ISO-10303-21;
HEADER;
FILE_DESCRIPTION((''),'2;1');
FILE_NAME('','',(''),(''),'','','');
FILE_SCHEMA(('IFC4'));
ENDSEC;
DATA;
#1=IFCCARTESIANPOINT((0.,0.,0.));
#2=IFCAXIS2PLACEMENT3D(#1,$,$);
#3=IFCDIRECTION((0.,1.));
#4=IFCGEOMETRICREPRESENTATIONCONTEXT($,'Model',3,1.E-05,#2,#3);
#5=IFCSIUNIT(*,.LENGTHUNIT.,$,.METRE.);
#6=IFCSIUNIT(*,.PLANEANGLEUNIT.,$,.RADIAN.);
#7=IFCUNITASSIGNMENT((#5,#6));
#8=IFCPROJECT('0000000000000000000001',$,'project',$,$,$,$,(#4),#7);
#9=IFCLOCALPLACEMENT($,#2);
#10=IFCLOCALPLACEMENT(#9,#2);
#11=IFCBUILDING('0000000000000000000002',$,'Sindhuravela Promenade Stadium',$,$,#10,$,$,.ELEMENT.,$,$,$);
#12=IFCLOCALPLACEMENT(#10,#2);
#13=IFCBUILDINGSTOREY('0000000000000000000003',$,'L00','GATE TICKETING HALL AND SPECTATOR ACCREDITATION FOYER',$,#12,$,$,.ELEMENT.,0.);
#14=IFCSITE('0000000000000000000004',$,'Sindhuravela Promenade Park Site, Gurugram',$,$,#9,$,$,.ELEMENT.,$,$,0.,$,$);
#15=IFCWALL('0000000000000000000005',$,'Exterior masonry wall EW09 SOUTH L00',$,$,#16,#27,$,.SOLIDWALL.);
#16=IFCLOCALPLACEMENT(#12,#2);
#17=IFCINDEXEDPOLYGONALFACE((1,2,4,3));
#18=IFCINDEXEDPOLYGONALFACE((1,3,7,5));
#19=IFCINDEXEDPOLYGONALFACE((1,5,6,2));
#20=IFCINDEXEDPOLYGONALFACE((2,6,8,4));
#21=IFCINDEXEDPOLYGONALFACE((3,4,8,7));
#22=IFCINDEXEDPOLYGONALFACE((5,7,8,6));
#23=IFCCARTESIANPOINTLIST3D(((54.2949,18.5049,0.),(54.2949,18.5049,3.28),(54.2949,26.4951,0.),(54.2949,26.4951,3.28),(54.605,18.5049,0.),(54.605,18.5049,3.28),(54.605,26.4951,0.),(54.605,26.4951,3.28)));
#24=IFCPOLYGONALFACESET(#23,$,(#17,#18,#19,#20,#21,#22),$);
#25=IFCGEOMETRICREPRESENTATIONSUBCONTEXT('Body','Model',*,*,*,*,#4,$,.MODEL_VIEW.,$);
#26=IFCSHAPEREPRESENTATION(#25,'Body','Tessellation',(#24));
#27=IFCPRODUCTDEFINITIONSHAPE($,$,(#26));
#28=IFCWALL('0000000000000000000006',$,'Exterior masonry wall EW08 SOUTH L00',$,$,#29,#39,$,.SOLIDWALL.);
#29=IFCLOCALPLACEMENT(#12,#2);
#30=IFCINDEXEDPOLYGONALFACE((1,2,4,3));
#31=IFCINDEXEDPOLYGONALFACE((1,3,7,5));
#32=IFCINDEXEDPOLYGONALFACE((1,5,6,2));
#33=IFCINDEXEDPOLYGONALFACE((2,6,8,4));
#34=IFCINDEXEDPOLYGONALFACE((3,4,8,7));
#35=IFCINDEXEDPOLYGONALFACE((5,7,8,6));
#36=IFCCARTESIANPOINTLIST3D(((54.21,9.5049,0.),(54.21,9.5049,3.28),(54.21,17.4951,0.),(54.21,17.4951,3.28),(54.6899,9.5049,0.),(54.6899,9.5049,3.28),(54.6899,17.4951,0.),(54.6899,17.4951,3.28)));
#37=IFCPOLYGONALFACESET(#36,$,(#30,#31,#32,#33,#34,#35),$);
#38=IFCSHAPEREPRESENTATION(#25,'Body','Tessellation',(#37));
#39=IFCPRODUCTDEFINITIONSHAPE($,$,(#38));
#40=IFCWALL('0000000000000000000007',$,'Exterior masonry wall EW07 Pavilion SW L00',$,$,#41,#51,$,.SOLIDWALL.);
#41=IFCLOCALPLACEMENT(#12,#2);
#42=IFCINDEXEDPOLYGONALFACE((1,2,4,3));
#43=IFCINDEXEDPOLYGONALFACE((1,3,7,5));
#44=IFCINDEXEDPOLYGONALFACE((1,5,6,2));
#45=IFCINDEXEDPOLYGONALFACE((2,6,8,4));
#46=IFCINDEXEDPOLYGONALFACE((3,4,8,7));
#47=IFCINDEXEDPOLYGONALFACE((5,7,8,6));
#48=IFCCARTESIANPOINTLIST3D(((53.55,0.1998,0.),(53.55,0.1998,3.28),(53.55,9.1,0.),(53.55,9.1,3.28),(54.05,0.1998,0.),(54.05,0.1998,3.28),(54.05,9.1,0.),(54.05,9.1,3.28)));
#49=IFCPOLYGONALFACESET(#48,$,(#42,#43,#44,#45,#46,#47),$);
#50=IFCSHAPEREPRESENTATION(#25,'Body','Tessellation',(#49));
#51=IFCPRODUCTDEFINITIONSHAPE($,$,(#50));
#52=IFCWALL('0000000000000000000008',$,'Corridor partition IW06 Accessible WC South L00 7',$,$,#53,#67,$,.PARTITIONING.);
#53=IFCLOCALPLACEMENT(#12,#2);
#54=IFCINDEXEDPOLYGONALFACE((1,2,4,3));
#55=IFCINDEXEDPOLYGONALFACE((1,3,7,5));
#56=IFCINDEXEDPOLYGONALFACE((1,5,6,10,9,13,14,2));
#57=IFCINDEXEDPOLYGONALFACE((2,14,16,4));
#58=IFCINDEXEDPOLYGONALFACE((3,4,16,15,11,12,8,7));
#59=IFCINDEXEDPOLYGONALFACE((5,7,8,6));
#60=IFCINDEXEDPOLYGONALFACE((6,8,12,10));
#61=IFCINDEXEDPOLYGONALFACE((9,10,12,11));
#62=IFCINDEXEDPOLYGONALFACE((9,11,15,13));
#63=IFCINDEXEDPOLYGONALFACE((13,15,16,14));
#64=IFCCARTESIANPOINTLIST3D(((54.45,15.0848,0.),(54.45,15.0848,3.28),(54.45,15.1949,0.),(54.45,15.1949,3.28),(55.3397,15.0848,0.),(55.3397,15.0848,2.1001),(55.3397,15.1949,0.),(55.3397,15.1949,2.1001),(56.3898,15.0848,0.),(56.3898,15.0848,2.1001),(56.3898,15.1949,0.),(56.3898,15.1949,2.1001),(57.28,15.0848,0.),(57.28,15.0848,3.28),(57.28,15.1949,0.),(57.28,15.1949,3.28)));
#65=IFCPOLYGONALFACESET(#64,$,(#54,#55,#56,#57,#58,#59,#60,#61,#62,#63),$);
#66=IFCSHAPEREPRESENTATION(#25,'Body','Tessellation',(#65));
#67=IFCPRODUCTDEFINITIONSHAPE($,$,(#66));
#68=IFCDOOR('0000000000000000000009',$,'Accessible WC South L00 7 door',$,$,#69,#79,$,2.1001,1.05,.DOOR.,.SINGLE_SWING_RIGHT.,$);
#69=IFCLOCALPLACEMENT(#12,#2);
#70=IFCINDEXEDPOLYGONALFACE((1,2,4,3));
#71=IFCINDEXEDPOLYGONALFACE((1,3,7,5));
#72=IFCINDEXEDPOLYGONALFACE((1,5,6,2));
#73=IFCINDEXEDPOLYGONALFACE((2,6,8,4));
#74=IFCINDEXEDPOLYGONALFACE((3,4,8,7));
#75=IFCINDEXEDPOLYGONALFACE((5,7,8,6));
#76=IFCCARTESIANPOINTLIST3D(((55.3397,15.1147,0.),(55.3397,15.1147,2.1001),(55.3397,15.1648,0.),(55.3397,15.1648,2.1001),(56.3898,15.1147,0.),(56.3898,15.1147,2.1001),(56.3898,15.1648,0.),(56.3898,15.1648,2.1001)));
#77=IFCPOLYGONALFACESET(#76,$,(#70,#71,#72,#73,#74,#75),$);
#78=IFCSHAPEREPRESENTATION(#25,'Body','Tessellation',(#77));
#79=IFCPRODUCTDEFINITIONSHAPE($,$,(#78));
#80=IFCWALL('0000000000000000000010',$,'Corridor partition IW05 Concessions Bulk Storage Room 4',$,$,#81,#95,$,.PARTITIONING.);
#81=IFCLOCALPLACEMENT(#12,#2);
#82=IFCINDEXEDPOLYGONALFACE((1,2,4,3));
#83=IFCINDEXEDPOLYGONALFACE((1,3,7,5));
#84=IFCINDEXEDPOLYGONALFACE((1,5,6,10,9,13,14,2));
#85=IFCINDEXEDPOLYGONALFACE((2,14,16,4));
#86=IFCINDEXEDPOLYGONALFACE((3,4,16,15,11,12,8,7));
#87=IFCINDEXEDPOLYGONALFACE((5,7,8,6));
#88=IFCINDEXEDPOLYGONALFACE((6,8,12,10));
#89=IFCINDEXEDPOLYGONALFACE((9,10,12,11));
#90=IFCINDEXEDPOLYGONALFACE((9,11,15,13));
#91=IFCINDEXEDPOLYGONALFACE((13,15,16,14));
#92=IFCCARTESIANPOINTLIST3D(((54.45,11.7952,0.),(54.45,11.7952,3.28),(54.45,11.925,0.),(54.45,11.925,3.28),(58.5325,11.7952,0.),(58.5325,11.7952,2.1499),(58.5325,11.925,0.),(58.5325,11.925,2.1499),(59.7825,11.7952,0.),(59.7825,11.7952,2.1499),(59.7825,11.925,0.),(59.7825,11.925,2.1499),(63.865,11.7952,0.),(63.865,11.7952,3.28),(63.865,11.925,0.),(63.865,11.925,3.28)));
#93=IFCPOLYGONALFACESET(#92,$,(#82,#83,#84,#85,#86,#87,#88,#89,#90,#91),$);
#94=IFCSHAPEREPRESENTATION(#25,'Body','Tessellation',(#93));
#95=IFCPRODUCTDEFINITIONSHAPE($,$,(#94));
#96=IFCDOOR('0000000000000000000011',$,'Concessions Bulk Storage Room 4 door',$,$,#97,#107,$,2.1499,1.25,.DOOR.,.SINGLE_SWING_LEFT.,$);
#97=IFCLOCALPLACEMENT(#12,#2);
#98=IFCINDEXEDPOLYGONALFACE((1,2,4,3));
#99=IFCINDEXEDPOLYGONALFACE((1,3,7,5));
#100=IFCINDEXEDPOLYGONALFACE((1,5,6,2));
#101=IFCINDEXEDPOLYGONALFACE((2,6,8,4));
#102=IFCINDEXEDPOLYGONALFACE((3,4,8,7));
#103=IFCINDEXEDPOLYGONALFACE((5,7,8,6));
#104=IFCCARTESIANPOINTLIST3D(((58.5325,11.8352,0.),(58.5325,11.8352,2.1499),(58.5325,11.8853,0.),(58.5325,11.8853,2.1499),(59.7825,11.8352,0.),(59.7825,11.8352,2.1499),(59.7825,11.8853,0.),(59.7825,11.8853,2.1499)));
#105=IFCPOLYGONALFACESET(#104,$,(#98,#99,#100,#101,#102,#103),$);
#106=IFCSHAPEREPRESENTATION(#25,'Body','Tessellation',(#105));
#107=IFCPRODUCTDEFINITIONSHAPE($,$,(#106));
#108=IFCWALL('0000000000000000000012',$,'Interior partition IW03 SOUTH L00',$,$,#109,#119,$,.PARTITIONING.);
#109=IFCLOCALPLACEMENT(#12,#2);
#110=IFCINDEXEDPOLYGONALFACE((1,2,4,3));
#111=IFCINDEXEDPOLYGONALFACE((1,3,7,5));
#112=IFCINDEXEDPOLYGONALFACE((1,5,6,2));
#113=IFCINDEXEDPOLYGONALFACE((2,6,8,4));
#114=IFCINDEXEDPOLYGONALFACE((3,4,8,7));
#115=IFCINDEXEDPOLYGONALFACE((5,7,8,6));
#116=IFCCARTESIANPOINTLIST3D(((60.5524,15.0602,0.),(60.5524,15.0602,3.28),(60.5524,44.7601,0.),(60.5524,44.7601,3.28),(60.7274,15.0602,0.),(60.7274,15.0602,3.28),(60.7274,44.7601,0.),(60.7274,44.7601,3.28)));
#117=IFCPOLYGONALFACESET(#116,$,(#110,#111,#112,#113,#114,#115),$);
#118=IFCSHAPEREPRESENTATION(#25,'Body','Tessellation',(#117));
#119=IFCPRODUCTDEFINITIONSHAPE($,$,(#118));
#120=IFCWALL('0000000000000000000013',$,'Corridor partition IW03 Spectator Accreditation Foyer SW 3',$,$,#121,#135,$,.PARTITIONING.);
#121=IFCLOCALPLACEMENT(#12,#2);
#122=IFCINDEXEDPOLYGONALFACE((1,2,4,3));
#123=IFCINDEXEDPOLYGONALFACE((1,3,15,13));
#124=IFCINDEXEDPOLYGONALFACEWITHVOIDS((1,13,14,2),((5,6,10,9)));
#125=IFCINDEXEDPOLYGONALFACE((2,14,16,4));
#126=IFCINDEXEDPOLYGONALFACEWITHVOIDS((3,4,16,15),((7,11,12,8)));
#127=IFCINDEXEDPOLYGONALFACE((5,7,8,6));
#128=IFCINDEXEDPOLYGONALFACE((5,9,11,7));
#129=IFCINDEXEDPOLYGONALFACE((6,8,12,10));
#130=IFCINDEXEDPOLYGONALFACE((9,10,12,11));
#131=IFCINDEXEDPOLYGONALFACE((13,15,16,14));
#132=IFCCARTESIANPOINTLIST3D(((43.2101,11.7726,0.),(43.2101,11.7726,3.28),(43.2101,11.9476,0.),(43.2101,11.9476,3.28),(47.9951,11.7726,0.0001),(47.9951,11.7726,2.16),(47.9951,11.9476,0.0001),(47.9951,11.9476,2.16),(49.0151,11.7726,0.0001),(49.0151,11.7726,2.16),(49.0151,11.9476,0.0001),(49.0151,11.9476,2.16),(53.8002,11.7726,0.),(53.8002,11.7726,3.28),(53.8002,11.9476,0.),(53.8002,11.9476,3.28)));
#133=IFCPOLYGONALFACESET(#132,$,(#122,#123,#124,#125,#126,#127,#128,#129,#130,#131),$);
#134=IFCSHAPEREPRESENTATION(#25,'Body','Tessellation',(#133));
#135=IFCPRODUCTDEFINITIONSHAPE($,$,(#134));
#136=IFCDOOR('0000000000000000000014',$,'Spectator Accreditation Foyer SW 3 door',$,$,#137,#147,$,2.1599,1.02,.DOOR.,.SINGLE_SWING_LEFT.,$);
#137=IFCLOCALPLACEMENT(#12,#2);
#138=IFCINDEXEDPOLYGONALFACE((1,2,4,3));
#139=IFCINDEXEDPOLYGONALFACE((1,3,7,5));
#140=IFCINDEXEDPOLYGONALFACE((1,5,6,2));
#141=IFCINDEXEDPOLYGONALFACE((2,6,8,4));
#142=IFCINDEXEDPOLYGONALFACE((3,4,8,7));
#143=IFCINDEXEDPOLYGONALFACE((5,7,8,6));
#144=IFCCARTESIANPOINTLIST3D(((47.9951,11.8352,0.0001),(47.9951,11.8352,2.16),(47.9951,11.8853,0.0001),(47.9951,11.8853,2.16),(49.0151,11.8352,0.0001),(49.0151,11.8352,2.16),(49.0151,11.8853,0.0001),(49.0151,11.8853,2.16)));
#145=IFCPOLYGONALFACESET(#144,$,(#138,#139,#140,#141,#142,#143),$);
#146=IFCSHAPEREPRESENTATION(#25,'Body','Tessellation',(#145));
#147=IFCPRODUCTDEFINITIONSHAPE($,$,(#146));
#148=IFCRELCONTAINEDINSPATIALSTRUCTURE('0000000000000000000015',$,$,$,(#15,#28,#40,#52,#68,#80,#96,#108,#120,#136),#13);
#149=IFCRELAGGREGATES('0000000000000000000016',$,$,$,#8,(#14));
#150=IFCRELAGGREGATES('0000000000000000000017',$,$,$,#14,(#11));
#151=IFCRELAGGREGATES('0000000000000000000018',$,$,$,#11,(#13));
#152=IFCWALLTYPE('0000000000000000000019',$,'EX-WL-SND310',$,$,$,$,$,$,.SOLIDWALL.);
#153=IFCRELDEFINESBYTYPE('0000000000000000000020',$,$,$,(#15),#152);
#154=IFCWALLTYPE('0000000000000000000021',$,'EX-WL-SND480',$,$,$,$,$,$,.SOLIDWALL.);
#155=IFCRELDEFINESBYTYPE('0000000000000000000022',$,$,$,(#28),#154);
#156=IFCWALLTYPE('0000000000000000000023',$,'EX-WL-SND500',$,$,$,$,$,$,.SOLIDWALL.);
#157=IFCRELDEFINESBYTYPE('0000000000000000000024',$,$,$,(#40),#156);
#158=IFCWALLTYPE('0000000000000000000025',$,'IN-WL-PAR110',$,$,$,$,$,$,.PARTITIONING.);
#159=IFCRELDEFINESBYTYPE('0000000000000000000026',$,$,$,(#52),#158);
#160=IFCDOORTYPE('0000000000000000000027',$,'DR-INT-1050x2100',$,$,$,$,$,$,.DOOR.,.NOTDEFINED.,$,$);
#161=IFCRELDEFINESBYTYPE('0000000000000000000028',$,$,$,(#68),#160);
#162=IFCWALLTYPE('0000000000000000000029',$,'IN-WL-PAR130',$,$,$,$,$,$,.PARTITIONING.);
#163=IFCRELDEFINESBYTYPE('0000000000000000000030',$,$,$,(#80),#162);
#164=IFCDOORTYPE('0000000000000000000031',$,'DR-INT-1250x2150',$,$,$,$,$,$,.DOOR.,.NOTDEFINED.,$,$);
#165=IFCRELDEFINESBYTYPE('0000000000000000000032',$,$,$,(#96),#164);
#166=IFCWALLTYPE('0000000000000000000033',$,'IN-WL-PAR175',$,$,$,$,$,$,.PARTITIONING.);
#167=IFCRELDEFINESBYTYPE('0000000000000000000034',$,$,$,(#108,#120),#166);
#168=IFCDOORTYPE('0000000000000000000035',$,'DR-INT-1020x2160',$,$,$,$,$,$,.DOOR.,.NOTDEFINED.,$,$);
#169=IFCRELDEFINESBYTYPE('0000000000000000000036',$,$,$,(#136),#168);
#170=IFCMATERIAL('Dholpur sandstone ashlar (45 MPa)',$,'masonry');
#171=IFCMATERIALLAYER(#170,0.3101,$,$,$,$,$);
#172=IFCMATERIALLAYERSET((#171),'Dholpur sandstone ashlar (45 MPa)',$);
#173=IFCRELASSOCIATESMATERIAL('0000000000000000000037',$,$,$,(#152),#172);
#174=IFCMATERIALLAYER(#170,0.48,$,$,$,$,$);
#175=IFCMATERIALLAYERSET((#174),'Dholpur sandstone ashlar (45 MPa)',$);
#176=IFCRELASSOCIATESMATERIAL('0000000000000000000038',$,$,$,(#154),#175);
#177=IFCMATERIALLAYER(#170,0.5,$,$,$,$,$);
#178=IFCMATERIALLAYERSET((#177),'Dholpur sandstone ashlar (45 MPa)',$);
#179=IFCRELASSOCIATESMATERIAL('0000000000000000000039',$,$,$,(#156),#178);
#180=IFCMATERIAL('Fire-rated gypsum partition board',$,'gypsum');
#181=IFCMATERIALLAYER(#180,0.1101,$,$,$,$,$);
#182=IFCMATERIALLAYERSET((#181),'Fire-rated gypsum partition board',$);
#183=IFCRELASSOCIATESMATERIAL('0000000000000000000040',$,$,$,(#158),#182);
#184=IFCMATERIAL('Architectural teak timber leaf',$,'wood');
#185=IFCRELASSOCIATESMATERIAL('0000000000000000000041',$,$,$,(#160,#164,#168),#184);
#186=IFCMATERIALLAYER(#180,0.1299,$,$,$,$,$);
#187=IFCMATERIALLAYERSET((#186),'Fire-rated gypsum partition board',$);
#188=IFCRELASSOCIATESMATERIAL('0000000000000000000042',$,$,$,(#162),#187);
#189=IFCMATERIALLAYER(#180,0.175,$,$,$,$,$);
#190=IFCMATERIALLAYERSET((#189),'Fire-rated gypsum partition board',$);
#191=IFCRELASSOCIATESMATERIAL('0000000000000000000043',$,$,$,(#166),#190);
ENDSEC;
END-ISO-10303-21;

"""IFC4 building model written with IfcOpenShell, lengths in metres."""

from ifc_helpers import new_model, si_unit, direction, frame, frame_2d, origin, place, context, subcontext, project, spatial, rectangle, extrude, material, layer, layer_set, type_object, element, fill, save


model = new_model("IFC4")

# Units and contexts
model_context = context("Model", 3, precision=1e-05, world=origin(), true_north=direction((0.0, 1.0)))
body_context = subcontext(model_context, "Body", "Model", "MODEL_VIEW")
ifc_project = project(units=[si_unit("LENGTHUNIT", "METRE"), si_unit("PLANEANGLEUNIT", "RADIAN")], contexts=[model_context])

# Site, building, storey
site_placement = place(None, origin())
site = spatial("IfcSite", under=ifc_project, at=site_placement, Name="Sindhuravela Promenade Park Site, Gurugram", CompositionType="ELEMENT", RefElevation=0.0)
building_placement = place(site_placement, origin())
building = spatial("IfcBuilding", under=site, at=building_placement, Name="Sindhuravela Promenade Stadium", CompositionType="ELEMENT")
storey_placement = place(building_placement, origin())
storey = spatial("IfcBuildingStorey", under=building, at=storey_placement, Name="L00", Description="GATE TICKETING HALL AND SPECTATOR ACCREDITATION FOYER", CompositionType="ELEMENT", Elevation=0.0)

# Walls
ifc_material_1 = material(Name="Dholpur sandstone ashlar (45 MPa)", Category="masonry")
ifc_layer_1 = layer(ifc_material_1, 0.3101)
ifc_layer_set_1 = layer_set([ifc_layer_1], Name="Dholpur sandstone ashlar (45 MPa)")
wall_type_1 = type_object("IfcWallType", Name="EX-WL-SND310", PredefinedType="SOLIDWALL", material=ifc_layer_set_1)
wall_1_placement = place(storey_placement, frame((54.45, 18.5049, 0.0), z_axis=(0.0, 0.0, 1.0), x_axis=(0.0, 1.0, 0.0)))
element("IfcWall", 1, at=wall_1_placement, inside=storey, type_object=wall_type_1, Name="Exterior masonry wall EW09 SOUTH L00", PredefinedType="SOLIDWALL", context=body_context, shape_type="SweptSolid", body=[
    extrude(rectangle(XDim=7.9902, YDim=0.3101, at=frame_2d((3.9951, 0.0))), origin(), (0.0, 0.0, 1.0), 3.28),
])
ifc_layer_2 = layer(ifc_material_1, 0.48)
ifc_layer_set_2 = layer_set([ifc_layer_2], Name="Dholpur sandstone ashlar (45 MPa)")
wall_type_2 = type_object("IfcWallType", Name="EX-WL-SND480", PredefinedType="SOLIDWALL", material=ifc_layer_set_2)
wall_2_placement = place(storey_placement, frame((54.45, 9.5049, 0.0), z_axis=(0.0, 0.0, 1.0), x_axis=(0.0, 1.0, 0.0)))
element("IfcWall", 2, at=wall_2_placement, inside=storey, type_object=wall_type_2, Name="Exterior masonry wall EW08 SOUTH L00", PredefinedType="SOLIDWALL", context=body_context, shape_type="SweptSolid", body=[
    extrude(rectangle(XDim=7.9902, YDim=0.48, at=frame_2d((3.9951, 0.0))), origin(), (0.0, 0.0, 1.0), 3.28),
])
ifc_layer_3 = layer(ifc_material_1, 0.5)
ifc_layer_set_3 = layer_set([ifc_layer_3], Name="Dholpur sandstone ashlar (45 MPa)")
wall_type_3 = type_object("IfcWallType", Name="EX-WL-SND500", PredefinedType="SOLIDWALL", material=ifc_layer_set_3)
wall_3_placement = place(storey_placement, frame((53.8, 9.1001, 0.0), z_axis=(0.0, 0.0, 1.0), x_axis=(0.0, -1.0, 0.0)))
element("IfcWall", 3, at=wall_3_placement, inside=storey, type_object=wall_type_3, Name="Exterior masonry wall EW07 Pavilion SW L00", PredefinedType="SOLIDWALL", context=body_context, shape_type="SweptSolid", body=[
    extrude(rectangle(XDim=8.9001, YDim=0.5, at=frame_2d((4.4502, 0.0))), origin(), (0.0, 0.0, 1.0), 3.28),
])

# Walls, openings, doors
ifc_material_2 = material(Name="Fire-rated gypsum partition board", Category="gypsum")
ifc_layer_4 = layer(ifc_material_2, 0.1101)
ifc_layer_set_4 = layer_set([ifc_layer_4], Name="Fire-rated gypsum partition board")
wall_type_4 = type_object("IfcWallType", Name="IN-WL-PAR110", PredefinedType="PARTITIONING", material=ifc_layer_set_4)
wall_4_placement = place(storey_placement, frame((54.45, 15.1399, 0.0), z_axis=(0.0, 0.0, 1.0), x_axis=(1.0, 0.0, 0.0)))
wall_4 = element("IfcWall", 4, at=wall_4_placement, inside=storey, type_object=wall_type_4, Name="Corridor partition IW06 Accessible WC South L00 7", PredefinedType="PARTITIONING", context=body_context, shape_type="SweptSolid", body=[
    extrude(rectangle(XDim=2.8301, YDim=0.1101, at=frame_2d((1.415, 0.0))), origin(), (0.0, 0.0, 1.0), 3.28),
])
opening_1_placement = place(wall_4_placement, frame((0.8899, 0.0, 0.0)))
opening_1 = element("IfcOpeningElement", 5, at=opening_1_placement, cuts=wall_4, PredefinedType="OPENING", context=body_context, shape_type="SweptSolid", body=[
    extrude(rectangle(XDim=1.05, YDim=2.1001, at=frame_2d((0.5249, 1.05))), frame((0.0, 0.0649, 0.0), z_axis=(0.0, -1.0, 0.0), x_axis=(1.0, 0.0, 0.0)), (0.0, 0.0, 1.0), 0.1301),
])
ifc_material_3 = material(Name="Architectural teak timber leaf", Category="wood")
door_type_1 = type_object("IfcDoorType", Name="DR-INT-1050x2100", OperationType="NOTDEFINED", PredefinedType="DOOR", material=ifc_material_3)
door_1_placement = place(opening_1_placement, origin())
door_1 = element("IfcDoor", 6, at=door_1_placement, inside=storey, type_object=door_type_1, Name="Accessible WC South L00 7 door", OperationType="SINGLE_SWING_RIGHT", OverallHeight=2.1001, OverallWidth=1.05, PredefinedType="DOOR", context=body_context, shape_type="SweptSolid", body=[
    extrude(rectangle(XDim=1.05, YDim=2.1001, at=frame_2d((0.5249, 1.05))), frame((0.0, 0.0249, 0.0), z_axis=(0.0, -1.0, 0.0), x_axis=(1.0, 0.0, 0.0)), (0.0, 0.0, 1.0), 0.05),
])
fill(opening_1, door_1)
ifc_layer_5 = layer(ifc_material_2, 0.1299)
ifc_layer_set_5 = layer_set([ifc_layer_5], Name="Fire-rated gypsum partition board")
wall_type_5 = type_object("IfcWallType", Name="IN-WL-PAR130", PredefinedType="PARTITIONING", material=ifc_layer_set_5)
wall_5_placement = place(storey_placement, frame((63.865, 11.8601, 0.0), z_axis=(0.0, 0.0, 1.0), x_axis=(-1.0, 0.0, 0.0)))
wall_5 = element("IfcWall", 7, at=wall_5_placement, inside=storey, type_object=wall_type_5, Name="Corridor partition IW05 Concessions Bulk Storage Room 4", PredefinedType="PARTITIONING", context=body_context, shape_type="SweptSolid", body=[
    extrude(rectangle(XDim=9.415, YDim=0.1299, at=frame_2d((4.7075, 0.0))), origin(), (0.0, 0.0, 1.0), 3.28),
])
opening_2_placement = place(wall_5_placement, frame((4.0825, 0.0, 0.0)))
opening_2 = element("IfcOpeningElement", 8, at=opening_2_placement, cuts=wall_5, PredefinedType="OPENING", context=body_context, shape_type="SweptSolid", body=[
    extrude(rectangle(XDim=1.25, YDim=2.1499, at=frame_2d((0.625, 1.075))), frame((0.0, 0.075, 0.0), z_axis=(0.0, -1.0, 0.0), x_axis=(1.0, 0.0, 0.0)), (0.0, 0.0, 1.0), 0.1499),
])
door_type_2 = type_object("IfcDoorType", Name="DR-INT-1250x2150", OperationType="NOTDEFINED", PredefinedType="DOOR", material=ifc_material_3)
door_2_placement = place(opening_2_placement, origin())
door_2 = element("IfcDoor", 9, at=door_2_placement, inside=storey, type_object=door_type_2, Name="Concessions Bulk Storage Room 4 door", OperationType="SINGLE_SWING_LEFT", OverallHeight=2.1499, OverallWidth=1.25, PredefinedType="DOOR", context=body_context, shape_type="SweptSolid", body=[
    extrude(rectangle(XDim=1.25, YDim=2.1499, at=frame_2d((0.625, 1.075))), frame((0.0, 0.0249, 0.0), z_axis=(0.0, -1.0, 0.0), x_axis=(1.0, 0.0, 0.0)), (0.0, 0.0, 1.0), 0.05),
])
fill(opening_2, door_2)

# Wall
ifc_layer_6 = layer(ifc_material_2, 0.175)
ifc_layer_set_6 = layer_set([ifc_layer_6], Name="Fire-rated gypsum partition board")
wall_type_6 = type_object("IfcWallType", Name="IN-WL-PAR175", PredefinedType="PARTITIONING", material=ifc_layer_set_6)
wall_6_placement = place(storey_placement, frame((60.6399, 15.0601, 0.0), z_axis=(0.0, 0.0, 1.0), x_axis=(0.0, 1.0, 0.0)))
element("IfcWall", 10, at=wall_6_placement, inside=storey, type_object=wall_type_6, Name="Interior partition IW03 SOUTH L00", PredefinedType="PARTITIONING", context=body_context, shape_type="SweptSolid", body=[
    extrude(rectangle(XDim=29.7, YDim=0.175, at=frame_2d((14.8501, 0.0))), origin(), (0.0, 0.0, 1.0), 3.28),
])

# Wall, opening, door
wall_7_placement = place(storey_placement, frame((53.8, 11.8601, 0.0), z_axis=(0.0, 0.0, 1.0), x_axis=(-1.0, 0.0, 0.0)))
wall_7 = element("IfcWall", 11, at=wall_7_placement, inside=storey, type_object=wall_type_6, Name="Corridor partition IW03 Spectator Accreditation Foyer SW 3", PredefinedType="PARTITIONING", context=body_context, shape_type="SweptSolid", body=[
    extrude(rectangle(XDim=10.5901, YDim=0.175, at=frame_2d((5.2949, 0.0))), origin(), (0.0, 0.0, 1.0), 3.28),
])
opening_3_placement = place(wall_7_placement, frame((4.7849, 0.0, 0.0)))
opening_3 = element("IfcOpeningElement", 12, at=opening_3_placement, cuts=wall_7, PredefinedType="OPENING", context=body_context, shape_type="SweptSolid", body=[
    extrude(rectangle(XDim=1.02, YDim=2.1599, at=frame_2d((0.51, 1.0801))), frame((0.0, 0.0974, 0.0), z_axis=(0.0, -1.0, 0.0), x_axis=(1.0, 0.0, 0.0)), (0.0, 0.0, 1.0), 0.1951),
])
door_type_3 = type_object("IfcDoorType", Name="DR-INT-1020x2160", OperationType="NOTDEFINED", PredefinedType="DOOR", material=ifc_material_3)
door_3_placement = place(opening_3_placement, origin())
door_3 = element("IfcDoor", 13, at=door_3_placement, inside=storey, type_object=door_type_3, Name="Spectator Accreditation Foyer SW 3 door", OperationType="SINGLE_SWING_LEFT", OverallHeight=2.1599, OverallWidth=1.02, PredefinedType="DOOR", context=body_context, shape_type="SweptSolid", body=[
    extrude(rectangle(XDim=1.02, YDim=2.1599, at=frame_2d((0.51, 1.0801))), frame((0.0, 0.0249, 0.0), z_axis=(0.0, -1.0, 0.0), x_axis=(1.0, 0.0, 0.0)), (0.0, 0.0, 1.0), 0.05),
])
fill(opening_3, door_3)

save(model, "model.ifc")
